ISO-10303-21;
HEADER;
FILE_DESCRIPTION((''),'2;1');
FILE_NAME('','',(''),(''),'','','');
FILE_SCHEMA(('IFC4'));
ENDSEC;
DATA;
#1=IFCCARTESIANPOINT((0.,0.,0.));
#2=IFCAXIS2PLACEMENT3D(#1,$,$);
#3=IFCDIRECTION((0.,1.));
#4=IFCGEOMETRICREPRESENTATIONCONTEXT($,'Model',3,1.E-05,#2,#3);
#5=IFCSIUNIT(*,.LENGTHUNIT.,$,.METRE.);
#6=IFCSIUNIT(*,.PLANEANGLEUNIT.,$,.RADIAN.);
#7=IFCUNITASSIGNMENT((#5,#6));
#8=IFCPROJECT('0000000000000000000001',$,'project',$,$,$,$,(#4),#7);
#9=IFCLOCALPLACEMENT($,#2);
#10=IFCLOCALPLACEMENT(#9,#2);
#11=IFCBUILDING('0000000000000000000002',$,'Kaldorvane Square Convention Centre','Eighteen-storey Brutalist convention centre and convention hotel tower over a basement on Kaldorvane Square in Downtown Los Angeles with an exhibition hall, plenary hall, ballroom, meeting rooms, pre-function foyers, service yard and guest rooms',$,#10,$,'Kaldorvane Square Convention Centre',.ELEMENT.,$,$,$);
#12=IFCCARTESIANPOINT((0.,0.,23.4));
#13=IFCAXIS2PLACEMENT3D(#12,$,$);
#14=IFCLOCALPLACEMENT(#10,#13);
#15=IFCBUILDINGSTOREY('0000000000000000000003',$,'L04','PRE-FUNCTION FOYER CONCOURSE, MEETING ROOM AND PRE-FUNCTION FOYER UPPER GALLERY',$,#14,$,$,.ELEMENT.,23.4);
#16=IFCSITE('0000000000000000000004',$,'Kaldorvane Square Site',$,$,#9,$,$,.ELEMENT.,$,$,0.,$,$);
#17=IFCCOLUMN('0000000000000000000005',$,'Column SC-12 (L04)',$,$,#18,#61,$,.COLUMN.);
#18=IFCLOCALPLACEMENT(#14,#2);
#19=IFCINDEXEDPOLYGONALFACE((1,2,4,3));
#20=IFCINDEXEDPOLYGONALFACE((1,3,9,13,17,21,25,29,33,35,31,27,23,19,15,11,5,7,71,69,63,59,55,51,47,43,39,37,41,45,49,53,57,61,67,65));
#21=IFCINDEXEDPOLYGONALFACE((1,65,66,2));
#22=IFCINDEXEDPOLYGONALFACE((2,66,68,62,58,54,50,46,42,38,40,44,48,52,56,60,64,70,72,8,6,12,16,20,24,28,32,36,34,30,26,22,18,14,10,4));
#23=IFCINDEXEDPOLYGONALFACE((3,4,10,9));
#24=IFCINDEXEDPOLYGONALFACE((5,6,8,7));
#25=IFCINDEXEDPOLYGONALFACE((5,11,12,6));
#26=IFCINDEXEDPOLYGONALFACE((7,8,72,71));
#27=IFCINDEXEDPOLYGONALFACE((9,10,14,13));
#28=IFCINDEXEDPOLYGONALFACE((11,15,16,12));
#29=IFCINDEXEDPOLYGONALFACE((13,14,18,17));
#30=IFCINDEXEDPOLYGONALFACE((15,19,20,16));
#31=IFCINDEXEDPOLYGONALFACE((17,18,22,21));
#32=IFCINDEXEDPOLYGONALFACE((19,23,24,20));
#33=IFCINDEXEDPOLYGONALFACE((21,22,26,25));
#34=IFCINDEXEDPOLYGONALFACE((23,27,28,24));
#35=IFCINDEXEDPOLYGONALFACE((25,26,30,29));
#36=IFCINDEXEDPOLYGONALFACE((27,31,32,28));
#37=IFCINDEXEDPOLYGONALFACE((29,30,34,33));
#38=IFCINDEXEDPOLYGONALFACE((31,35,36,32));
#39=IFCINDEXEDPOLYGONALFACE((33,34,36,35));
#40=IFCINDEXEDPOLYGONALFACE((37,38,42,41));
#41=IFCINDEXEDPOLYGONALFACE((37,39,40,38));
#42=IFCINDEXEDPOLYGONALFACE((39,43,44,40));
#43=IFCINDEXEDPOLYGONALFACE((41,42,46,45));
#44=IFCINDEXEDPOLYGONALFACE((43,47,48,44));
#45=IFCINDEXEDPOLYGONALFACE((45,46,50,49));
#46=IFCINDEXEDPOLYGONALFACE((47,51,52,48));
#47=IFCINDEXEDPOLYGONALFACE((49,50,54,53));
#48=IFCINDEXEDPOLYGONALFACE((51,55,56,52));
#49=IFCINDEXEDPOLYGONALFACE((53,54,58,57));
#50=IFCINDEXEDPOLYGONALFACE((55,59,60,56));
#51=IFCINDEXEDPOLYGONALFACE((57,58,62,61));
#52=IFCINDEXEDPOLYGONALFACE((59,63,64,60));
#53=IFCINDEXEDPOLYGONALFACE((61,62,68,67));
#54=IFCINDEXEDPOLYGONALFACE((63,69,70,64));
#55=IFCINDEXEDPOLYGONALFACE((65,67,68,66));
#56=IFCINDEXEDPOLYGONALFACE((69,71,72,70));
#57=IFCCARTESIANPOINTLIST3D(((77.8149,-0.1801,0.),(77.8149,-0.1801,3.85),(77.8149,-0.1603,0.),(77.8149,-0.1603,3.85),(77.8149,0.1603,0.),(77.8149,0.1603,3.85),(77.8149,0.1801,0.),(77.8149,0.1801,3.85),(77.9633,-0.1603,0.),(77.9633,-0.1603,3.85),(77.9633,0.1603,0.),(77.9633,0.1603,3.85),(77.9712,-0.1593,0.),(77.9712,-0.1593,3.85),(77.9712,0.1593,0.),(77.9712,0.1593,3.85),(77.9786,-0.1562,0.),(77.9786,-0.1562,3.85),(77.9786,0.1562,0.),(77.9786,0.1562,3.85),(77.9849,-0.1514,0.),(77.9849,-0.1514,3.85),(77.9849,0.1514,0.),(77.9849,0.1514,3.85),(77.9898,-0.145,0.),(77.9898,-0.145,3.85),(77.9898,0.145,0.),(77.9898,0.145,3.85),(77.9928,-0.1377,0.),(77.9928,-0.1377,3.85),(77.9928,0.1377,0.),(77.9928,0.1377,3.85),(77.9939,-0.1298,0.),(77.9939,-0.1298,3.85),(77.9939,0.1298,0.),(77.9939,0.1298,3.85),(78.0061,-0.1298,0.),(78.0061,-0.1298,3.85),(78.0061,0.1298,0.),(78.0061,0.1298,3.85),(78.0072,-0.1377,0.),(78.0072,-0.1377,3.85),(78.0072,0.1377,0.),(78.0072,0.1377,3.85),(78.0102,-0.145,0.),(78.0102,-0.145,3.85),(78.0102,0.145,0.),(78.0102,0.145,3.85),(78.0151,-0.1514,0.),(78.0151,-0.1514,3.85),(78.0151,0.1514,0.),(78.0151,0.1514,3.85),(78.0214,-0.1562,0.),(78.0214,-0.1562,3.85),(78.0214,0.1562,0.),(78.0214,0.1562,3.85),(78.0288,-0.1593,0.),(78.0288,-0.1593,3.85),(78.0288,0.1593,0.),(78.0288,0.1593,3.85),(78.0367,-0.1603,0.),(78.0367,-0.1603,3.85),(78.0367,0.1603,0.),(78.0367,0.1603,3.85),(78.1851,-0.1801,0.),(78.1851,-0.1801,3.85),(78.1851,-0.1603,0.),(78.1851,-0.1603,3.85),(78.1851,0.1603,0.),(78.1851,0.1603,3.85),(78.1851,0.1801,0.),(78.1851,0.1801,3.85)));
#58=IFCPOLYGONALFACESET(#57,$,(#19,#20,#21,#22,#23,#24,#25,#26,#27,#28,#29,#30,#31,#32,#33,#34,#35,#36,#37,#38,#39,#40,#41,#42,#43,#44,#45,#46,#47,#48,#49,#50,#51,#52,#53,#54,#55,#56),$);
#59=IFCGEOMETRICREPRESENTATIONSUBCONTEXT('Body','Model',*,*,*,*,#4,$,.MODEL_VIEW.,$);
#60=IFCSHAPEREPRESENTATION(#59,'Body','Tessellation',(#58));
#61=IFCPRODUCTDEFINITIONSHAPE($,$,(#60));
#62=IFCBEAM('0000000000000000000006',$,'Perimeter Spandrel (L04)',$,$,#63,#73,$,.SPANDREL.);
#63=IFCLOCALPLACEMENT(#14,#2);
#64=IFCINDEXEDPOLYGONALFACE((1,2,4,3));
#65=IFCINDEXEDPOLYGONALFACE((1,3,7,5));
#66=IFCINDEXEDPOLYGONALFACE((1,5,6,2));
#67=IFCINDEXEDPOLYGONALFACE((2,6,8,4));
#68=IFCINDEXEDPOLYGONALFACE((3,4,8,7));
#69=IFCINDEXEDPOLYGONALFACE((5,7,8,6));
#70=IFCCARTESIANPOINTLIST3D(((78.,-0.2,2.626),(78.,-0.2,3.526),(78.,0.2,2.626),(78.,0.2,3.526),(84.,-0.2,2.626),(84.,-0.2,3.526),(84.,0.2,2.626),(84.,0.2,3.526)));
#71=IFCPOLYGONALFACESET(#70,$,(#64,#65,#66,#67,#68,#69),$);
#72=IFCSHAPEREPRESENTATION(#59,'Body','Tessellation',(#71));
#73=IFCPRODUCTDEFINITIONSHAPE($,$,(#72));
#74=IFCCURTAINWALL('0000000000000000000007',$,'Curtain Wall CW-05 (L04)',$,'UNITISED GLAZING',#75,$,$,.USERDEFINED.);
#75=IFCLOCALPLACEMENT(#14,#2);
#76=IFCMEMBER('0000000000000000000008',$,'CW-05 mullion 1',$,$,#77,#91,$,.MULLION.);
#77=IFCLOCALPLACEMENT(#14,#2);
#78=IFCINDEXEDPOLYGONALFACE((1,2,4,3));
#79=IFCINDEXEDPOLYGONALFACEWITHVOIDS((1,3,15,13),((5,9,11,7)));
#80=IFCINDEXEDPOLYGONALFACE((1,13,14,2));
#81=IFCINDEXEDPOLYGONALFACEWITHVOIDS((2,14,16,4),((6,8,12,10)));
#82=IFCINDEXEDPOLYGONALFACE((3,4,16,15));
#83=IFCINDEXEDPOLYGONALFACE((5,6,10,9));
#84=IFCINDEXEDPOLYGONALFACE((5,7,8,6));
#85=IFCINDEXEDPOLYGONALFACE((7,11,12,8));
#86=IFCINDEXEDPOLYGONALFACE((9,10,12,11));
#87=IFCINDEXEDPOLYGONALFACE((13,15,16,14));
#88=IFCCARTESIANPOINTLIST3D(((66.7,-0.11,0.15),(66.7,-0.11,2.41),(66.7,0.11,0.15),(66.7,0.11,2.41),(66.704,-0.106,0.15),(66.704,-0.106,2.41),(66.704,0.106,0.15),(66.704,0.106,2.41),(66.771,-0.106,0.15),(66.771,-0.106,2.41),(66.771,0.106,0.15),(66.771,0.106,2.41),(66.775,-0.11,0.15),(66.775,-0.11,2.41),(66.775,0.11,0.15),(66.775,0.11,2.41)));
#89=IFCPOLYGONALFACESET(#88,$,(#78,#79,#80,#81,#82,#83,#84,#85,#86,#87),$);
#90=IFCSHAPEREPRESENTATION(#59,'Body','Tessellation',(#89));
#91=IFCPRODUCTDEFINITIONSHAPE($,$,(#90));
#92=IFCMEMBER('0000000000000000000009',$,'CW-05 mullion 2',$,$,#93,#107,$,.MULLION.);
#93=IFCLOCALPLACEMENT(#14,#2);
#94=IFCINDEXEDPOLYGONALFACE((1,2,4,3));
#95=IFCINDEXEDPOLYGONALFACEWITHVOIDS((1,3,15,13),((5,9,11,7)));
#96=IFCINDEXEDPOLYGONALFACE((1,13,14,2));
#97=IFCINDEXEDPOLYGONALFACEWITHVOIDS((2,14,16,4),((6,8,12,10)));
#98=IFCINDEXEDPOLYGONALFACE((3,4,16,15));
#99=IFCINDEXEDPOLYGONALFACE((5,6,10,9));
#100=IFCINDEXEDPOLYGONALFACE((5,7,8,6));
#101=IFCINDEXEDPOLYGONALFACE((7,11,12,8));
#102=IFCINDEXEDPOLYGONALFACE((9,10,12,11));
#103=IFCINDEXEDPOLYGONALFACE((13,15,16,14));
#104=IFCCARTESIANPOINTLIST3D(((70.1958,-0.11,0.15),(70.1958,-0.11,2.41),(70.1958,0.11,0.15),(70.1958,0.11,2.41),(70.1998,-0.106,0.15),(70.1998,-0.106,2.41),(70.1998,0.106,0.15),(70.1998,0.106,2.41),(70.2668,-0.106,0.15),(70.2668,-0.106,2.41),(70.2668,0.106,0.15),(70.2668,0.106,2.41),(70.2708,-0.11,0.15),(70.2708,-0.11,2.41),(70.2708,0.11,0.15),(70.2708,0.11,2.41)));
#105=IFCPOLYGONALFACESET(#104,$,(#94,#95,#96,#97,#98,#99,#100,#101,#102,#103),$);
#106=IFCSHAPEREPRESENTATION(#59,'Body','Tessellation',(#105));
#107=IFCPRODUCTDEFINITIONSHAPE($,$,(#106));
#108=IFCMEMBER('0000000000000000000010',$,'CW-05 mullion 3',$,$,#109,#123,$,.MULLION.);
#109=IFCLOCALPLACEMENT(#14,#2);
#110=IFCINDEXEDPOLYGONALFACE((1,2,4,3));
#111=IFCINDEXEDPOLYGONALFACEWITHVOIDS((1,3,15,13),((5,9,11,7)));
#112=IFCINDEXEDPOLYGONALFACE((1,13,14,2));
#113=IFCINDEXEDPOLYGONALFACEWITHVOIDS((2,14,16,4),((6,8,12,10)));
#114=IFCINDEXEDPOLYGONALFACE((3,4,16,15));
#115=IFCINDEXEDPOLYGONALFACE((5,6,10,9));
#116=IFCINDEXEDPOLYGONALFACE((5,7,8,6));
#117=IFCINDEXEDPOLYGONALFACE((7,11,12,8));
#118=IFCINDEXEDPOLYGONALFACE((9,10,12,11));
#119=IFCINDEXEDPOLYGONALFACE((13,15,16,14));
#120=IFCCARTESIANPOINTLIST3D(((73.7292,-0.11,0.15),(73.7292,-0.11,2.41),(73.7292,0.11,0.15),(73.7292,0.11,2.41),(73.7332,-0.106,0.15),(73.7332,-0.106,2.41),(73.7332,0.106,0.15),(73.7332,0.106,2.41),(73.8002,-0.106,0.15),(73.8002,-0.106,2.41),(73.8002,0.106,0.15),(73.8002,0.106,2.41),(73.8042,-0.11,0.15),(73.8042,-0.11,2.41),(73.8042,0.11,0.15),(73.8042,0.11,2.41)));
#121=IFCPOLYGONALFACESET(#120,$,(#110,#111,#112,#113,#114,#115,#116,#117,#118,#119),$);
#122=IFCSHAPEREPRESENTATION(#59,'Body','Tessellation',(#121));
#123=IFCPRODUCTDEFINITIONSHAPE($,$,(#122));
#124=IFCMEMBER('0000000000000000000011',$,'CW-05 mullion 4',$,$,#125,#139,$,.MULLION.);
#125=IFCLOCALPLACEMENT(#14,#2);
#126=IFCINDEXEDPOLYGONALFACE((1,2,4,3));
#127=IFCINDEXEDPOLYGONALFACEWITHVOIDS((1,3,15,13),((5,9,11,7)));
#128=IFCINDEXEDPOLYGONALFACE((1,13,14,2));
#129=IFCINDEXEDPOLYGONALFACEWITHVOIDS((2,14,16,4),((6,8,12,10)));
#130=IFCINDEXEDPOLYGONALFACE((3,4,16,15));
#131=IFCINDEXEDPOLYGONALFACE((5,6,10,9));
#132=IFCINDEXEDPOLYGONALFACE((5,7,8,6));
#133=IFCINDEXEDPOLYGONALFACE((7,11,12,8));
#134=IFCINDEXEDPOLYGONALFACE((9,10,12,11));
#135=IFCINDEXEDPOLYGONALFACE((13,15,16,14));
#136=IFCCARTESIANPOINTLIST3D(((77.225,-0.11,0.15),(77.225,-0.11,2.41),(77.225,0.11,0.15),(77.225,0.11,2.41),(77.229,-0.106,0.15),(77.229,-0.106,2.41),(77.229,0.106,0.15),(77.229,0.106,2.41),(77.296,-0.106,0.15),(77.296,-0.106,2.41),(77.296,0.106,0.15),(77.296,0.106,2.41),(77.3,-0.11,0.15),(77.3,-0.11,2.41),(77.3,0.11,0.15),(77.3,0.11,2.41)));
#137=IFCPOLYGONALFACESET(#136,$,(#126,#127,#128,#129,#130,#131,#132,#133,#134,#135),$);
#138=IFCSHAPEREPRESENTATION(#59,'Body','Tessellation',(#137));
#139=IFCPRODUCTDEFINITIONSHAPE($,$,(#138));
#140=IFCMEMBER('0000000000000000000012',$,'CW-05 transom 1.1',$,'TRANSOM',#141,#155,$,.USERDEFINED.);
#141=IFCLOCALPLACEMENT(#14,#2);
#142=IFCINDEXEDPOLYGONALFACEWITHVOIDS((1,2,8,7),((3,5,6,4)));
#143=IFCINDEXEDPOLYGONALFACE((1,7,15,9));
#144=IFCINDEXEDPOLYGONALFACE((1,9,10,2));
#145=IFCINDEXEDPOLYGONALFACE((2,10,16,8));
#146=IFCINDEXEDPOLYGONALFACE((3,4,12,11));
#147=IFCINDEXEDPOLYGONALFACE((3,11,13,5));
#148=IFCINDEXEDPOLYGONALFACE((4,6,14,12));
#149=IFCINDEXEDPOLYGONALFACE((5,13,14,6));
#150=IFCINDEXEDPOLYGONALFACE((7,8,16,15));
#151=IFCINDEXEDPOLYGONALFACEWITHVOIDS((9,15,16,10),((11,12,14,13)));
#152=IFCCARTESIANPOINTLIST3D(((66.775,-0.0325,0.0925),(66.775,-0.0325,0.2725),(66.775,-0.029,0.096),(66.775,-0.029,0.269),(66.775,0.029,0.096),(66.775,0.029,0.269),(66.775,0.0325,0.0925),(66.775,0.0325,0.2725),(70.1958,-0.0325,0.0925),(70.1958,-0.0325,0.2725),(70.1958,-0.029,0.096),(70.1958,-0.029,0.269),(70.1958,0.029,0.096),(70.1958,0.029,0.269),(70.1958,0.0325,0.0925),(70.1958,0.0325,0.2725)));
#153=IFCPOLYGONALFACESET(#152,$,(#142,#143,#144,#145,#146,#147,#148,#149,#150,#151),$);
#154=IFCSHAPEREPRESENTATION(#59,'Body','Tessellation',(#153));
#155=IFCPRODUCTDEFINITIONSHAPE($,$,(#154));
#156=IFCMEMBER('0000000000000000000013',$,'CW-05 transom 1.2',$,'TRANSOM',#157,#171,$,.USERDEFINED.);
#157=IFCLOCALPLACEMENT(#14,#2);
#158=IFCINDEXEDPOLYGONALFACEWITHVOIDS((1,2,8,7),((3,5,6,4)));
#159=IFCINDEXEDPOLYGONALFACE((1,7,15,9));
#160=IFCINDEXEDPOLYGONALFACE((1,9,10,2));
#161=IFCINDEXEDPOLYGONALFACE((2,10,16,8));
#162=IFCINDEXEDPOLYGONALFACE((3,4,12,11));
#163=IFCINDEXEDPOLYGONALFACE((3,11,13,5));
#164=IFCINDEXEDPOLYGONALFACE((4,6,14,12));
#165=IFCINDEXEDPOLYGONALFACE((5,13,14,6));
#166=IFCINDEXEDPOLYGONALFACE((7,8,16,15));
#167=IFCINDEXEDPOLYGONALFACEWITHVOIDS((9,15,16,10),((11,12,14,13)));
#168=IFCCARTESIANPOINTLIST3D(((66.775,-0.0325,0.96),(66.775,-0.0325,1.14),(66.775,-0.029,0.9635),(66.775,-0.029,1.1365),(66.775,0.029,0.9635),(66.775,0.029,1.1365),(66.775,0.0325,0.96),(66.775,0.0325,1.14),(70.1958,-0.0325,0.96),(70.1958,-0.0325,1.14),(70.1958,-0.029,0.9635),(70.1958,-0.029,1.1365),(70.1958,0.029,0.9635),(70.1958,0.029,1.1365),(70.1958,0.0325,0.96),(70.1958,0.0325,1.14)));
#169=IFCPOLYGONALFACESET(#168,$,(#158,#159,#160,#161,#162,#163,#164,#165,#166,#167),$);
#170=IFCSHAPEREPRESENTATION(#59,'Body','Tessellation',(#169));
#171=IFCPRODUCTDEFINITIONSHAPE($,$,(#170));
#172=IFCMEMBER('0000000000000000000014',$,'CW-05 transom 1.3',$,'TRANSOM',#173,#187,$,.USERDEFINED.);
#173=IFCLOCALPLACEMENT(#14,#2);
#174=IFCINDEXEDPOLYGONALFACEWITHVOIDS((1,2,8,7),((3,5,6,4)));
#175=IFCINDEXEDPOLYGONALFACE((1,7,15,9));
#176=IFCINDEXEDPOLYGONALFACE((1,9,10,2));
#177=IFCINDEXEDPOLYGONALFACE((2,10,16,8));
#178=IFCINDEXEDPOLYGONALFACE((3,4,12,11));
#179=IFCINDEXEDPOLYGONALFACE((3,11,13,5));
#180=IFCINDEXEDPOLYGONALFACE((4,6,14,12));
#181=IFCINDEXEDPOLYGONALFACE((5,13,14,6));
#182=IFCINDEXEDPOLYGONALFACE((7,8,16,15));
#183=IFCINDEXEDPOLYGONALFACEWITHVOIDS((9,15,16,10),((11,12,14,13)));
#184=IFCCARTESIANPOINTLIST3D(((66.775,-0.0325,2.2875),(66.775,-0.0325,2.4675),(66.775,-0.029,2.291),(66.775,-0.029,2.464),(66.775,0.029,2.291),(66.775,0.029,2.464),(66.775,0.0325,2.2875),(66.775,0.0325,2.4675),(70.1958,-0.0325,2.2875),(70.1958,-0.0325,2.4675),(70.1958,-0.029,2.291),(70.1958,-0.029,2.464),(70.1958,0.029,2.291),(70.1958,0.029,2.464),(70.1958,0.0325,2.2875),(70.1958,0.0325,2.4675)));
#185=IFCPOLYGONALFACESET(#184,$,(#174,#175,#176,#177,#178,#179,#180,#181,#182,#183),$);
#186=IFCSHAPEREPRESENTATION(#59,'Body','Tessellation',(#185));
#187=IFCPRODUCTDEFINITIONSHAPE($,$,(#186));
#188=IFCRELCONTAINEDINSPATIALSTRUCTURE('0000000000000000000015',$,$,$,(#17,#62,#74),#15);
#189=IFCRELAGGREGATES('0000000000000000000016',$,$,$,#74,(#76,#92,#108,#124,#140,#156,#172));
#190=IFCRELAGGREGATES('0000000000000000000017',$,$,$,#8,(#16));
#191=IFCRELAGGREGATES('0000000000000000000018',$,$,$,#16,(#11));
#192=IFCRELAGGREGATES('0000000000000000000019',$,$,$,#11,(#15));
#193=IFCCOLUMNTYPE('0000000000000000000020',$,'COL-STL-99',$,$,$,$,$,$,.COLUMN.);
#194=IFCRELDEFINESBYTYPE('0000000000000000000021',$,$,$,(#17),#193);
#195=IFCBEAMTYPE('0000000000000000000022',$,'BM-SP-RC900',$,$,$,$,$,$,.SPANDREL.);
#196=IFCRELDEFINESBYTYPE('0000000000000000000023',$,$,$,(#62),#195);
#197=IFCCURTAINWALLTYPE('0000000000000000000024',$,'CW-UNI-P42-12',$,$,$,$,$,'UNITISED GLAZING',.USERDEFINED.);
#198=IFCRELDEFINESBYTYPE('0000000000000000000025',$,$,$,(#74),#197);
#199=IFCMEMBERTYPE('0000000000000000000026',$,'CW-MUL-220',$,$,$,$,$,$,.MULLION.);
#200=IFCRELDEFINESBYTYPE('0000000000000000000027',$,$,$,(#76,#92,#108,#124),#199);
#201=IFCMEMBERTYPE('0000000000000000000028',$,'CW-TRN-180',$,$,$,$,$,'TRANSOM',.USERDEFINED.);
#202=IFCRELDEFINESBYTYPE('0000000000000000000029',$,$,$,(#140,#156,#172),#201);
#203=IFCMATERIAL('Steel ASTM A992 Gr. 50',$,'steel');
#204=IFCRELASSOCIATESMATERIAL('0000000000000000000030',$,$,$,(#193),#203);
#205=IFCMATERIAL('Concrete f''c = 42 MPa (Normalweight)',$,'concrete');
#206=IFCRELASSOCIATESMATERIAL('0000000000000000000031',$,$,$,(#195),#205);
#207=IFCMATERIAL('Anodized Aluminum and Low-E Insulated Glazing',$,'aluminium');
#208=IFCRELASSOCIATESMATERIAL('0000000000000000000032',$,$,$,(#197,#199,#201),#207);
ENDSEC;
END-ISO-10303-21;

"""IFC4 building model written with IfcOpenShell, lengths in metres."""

from ifc_helpers import new_model, si_unit, direction, frame, origin, origin_2d, place, context, subcontext, project, spatial, rectangle, hollow_rectangle, i_section, extrude, material, material_profile, profile_set, type_object, element, aggregate, save


model = new_model("IFC4")

# Units and contexts
model_context = context("Model", 3, precision=1e-05, world=origin(), true_north=direction((0.0, 1.0)))
body_context = subcontext(model_context, "Body", "Model", "MODEL_VIEW")
ifc_project = project(units=[si_unit("LENGTHUNIT", "METRE"), si_unit("PLANEANGLEUNIT", "RADIAN")], contexts=[model_context])

# Site, building, storey
site_placement = place(None, origin())
site = spatial("IfcSite", under=ifc_project, at=site_placement, Name="Kaldorvane Square Site", CompositionType="ELEMENT", RefElevation=0.0)
building_placement = place(site_placement, origin())
building = spatial("IfcBuilding", under=site, at=building_placement, Name="Kaldorvane Square Convention Centre", Description="Eighteen-storey Brutalist convention centre and convention hotel tower over a basement on Kaldorvane Square in Downtown Los Angeles with an exhibition hall, plenary hall, ballroom, meeting rooms, pre-function foyers, service yard and guest rooms", LongName="Kaldorvane Square Convention Centre", CompositionType="ELEMENT")
storey_placement = place(building_placement, frame((0.0, 0.0, 23.4)))
storey = spatial("IfcBuildingStorey", under=building, at=storey_placement, Name="L04", Description="PRE-FUNCTION FOYER CONCOURSE, MEETING ROOM AND PRE-FUNCTION FOYER UPPER GALLERY", CompositionType="ELEMENT", Elevation=23.4)

# Column
ifc_material_1 = material(Name="Steel ASTM A992 Gr. 50", Category="steel")
ifc_material_profile_1 = material_profile(ifc_material_1, i_section(OverallWidth=0.3701, OverallDepth=0.3602, WebThickness=0.0123, FlangeThickness=0.0198, FilletRadius=0.0305, at=origin_2d()), Name="W14X99")
ifc_profile_set_1 = profile_set([ifc_material_profile_1], Name="Steel ASTM A992 Gr. 50")
column_type = type_object("IfcColumnType", Name="COL-STL-99", PredefinedType="COLUMN", material=ifc_profile_set_1)
column_placement = place(storey_placement, frame((78.0, 0.0, 0.0), z_axis=(0.0, 0.0, 1.0), x_axis=(1.0, 0.0, 0.0)))
element("IfcColumn", 1, at=column_placement, inside=storey, type_object=column_type, Name="Column SC-12 (L04)", PredefinedType="COLUMN", context=body_context, shape_type="SweptSolid", body=[
    extrude(i_section(OverallWidth=0.3701, OverallDepth=0.3602, WebThickness=0.0123, FlangeThickness=0.0198, FilletRadius=0.0305, at=origin_2d()), origin(), (0.0, 0.0, 1.0), 3.85),
])

# Beam
ifc_material_2 = material(Name="Concrete f'c = 42 MPa (Normalweight)", Category="concrete")
ifc_material_profile_2 = material_profile(ifc_material_2, rectangle(XDim=0.4, YDim=0.9, at=origin_2d()), Name="RCSP900X400")
ifc_profile_set_2 = profile_set([ifc_material_profile_2], Name="Concrete f'c = 42 MPa (Normalweight)")
beam_type = type_object("IfcBeamType", Name="BM-SP-RC900", PredefinedType="SPANDREL", material=ifc_profile_set_2)
beam_placement = place(storey_placement, frame((78.0, 0.0, 3.076), z_axis=(1.0, 0.0, 0.0), x_axis=(0.0, 1.0, 0.0)))
element("IfcBeam", 2, at=beam_placement, inside=storey, type_object=beam_type, Name="Perimeter Spandrel (L04)", PredefinedType="SPANDREL", context=body_context, shape_type="SweptSolid", body=[
    extrude(rectangle(XDim=0.4, YDim=0.9, at=origin_2d()), origin(), (0.0, 0.0, 1.0), 6.0),
])

# Curtain wall, members
ifc_material_3 = material(Name="Anodized Aluminum and Low-E Insulated Glazing", Category="aluminium")
curtain_wall_type = type_object("IfcCurtainWallType", Name="CW-UNI-P42-12", ElementType="UNITISED GLAZING", PredefinedType="USERDEFINED", material=ifc_material_3)
curtain_wall_placement = place(storey_placement, origin())
curtain_wall = element("IfcCurtainWall", 3, at=curtain_wall_placement, inside=storey, type_object=curtain_wall_type, Name="Curtain Wall CW-05 (L04)", ObjectType="UNITISED GLAZING", PredefinedType="USERDEFINED")
ifc_material_profile_3 = material_profile(ifc_material_3, hollow_rectangle(XDim=0.075, YDim=0.22, WallThickness=0.004, at=origin_2d()), Name="CWM-220X75")
ifc_profile_set_3 = profile_set([ifc_material_profile_3], Name="Anodized Aluminum and Low-E Insulated Glazing")
member_type_1 = type_object("IfcMemberType", Name="CW-MUL-220", PredefinedType="MULLION", material=ifc_profile_set_3)
member_1_placement = place(storey_placement, frame((66.7375, 0.0, 0.15), z_axis=(0.0, 0.0, 1.0), x_axis=(1.0, 0.0, 0.0)))
member_1 = element("IfcMember", 4, at=member_1_placement, type_object=member_type_1, Name="CW-05 mullion 1", PredefinedType="MULLION", context=body_context, shape_type="SweptSolid", body=[
    extrude(hollow_rectangle(XDim=0.075, YDim=0.22, WallThickness=0.004, at=origin_2d()), origin(), (0.0, 0.0, 1.0), 2.26),
])
member_2_placement = place(storey_placement, frame((70.2333, 0.0, 0.15), z_axis=(0.0, 0.0, 1.0), x_axis=(1.0, 0.0, 0.0)))
member_2 = element("IfcMember", 5, at=member_2_placement, type_object=member_type_1, Name="CW-05 mullion 2", PredefinedType="MULLION", context=body_context, shape_type="SweptSolid", body=[
    extrude(hollow_rectangle(XDim=0.075, YDim=0.22, WallThickness=0.004, at=origin_2d()), origin(), (0.0, 0.0, 1.0), 2.26),
])
member_3_placement = place(storey_placement, frame((73.7667, 0.0, 0.15), z_axis=(0.0, 0.0, 1.0), x_axis=(1.0, 0.0, 0.0)))
member_3 = element("IfcMember", 6, at=member_3_placement, type_object=member_type_1, Name="CW-05 mullion 3", PredefinedType="MULLION", context=body_context, shape_type="SweptSolid", body=[
    extrude(hollow_rectangle(XDim=0.075, YDim=0.22, WallThickness=0.004, at=origin_2d()), origin(), (0.0, 0.0, 1.0), 2.26),
])
member_4_placement = place(storey_placement, frame((77.2625, 0.0, 0.15), z_axis=(0.0, 0.0, 1.0), x_axis=(1.0, 0.0, 0.0)))
member_4 = element("IfcMember", 7, at=member_4_placement, type_object=member_type_1, Name="CW-05 mullion 4", PredefinedType="MULLION", context=body_context, shape_type="SweptSolid", body=[
    extrude(hollow_rectangle(XDim=0.075, YDim=0.22, WallThickness=0.004, at=origin_2d()), origin(), (0.0, 0.0, 1.0), 2.26),
])
ifc_material_profile_4 = material_profile(ifc_material_3, hollow_rectangle(XDim=0.065, YDim=0.18, WallThickness=0.0035, at=origin_2d()), Name="CWT-180X65")
ifc_profile_set_4 = profile_set([ifc_material_profile_4], Name="Anodized Aluminum and Low-E Insulated Glazing")
member_type_2 = type_object("IfcMemberType", Name="CW-TRN-180", ElementType="TRANSOM", PredefinedType="USERDEFINED", material=ifc_profile_set_4)
member_5_placement = place(storey_placement, frame((66.775, 0.0, 0.1825), z_axis=(1.0, 0.0, 0.0), x_axis=(0.0, 1.0, 0.0)))
member_5 = element("IfcMember", 8, at=member_5_placement, type_object=member_type_2, Name="CW-05 transom 1.1", ObjectType="TRANSOM", PredefinedType="USERDEFINED", context=body_context, shape_type="SweptSolid", body=[
    extrude(hollow_rectangle(XDim=0.065, YDim=0.18, WallThickness=0.0035, at=origin_2d()), origin(), (0.0, 0.0, 1.0), 3.4208),
])
member_6_placement = place(storey_placement, frame((66.775, 0.0, 1.05), z_axis=(1.0, 0.0, 0.0), x_axis=(0.0, 1.0, 0.0)))
member_6 = element("IfcMember", 9, at=member_6_placement, type_object=member_type_2, Name="CW-05 transom 1.2", ObjectType="TRANSOM", PredefinedType="USERDEFINED", context=body_context, shape_type="SweptSolid", body=[
    extrude(hollow_rectangle(XDim=0.065, YDim=0.18, WallThickness=0.0035, at=origin_2d()), origin(), (0.0, 0.0, 1.0), 3.4208),
])
member_7_placement = place(storey_placement, frame((66.775, 0.0, 2.3775), z_axis=(1.0, 0.0, 0.0), x_axis=(0.0, 1.0, 0.0)))
member_7 = element("IfcMember", 10, at=member_7_placement, type_object=member_type_2, Name="CW-05 transom 1.3", ObjectType="TRANSOM", PredefinedType="USERDEFINED", context=body_context, shape_type="SweptSolid", body=[
    extrude(hollow_rectangle(XDim=0.065, YDim=0.18, WallThickness=0.0035, at=origin_2d()), origin(), (0.0, 0.0, 1.0), 3.4208),
])
aggregate(curtain_wall, [member_1, member_2, member_3, member_4, member_5, member_6, member_7])

save(model, "model.ifc")
